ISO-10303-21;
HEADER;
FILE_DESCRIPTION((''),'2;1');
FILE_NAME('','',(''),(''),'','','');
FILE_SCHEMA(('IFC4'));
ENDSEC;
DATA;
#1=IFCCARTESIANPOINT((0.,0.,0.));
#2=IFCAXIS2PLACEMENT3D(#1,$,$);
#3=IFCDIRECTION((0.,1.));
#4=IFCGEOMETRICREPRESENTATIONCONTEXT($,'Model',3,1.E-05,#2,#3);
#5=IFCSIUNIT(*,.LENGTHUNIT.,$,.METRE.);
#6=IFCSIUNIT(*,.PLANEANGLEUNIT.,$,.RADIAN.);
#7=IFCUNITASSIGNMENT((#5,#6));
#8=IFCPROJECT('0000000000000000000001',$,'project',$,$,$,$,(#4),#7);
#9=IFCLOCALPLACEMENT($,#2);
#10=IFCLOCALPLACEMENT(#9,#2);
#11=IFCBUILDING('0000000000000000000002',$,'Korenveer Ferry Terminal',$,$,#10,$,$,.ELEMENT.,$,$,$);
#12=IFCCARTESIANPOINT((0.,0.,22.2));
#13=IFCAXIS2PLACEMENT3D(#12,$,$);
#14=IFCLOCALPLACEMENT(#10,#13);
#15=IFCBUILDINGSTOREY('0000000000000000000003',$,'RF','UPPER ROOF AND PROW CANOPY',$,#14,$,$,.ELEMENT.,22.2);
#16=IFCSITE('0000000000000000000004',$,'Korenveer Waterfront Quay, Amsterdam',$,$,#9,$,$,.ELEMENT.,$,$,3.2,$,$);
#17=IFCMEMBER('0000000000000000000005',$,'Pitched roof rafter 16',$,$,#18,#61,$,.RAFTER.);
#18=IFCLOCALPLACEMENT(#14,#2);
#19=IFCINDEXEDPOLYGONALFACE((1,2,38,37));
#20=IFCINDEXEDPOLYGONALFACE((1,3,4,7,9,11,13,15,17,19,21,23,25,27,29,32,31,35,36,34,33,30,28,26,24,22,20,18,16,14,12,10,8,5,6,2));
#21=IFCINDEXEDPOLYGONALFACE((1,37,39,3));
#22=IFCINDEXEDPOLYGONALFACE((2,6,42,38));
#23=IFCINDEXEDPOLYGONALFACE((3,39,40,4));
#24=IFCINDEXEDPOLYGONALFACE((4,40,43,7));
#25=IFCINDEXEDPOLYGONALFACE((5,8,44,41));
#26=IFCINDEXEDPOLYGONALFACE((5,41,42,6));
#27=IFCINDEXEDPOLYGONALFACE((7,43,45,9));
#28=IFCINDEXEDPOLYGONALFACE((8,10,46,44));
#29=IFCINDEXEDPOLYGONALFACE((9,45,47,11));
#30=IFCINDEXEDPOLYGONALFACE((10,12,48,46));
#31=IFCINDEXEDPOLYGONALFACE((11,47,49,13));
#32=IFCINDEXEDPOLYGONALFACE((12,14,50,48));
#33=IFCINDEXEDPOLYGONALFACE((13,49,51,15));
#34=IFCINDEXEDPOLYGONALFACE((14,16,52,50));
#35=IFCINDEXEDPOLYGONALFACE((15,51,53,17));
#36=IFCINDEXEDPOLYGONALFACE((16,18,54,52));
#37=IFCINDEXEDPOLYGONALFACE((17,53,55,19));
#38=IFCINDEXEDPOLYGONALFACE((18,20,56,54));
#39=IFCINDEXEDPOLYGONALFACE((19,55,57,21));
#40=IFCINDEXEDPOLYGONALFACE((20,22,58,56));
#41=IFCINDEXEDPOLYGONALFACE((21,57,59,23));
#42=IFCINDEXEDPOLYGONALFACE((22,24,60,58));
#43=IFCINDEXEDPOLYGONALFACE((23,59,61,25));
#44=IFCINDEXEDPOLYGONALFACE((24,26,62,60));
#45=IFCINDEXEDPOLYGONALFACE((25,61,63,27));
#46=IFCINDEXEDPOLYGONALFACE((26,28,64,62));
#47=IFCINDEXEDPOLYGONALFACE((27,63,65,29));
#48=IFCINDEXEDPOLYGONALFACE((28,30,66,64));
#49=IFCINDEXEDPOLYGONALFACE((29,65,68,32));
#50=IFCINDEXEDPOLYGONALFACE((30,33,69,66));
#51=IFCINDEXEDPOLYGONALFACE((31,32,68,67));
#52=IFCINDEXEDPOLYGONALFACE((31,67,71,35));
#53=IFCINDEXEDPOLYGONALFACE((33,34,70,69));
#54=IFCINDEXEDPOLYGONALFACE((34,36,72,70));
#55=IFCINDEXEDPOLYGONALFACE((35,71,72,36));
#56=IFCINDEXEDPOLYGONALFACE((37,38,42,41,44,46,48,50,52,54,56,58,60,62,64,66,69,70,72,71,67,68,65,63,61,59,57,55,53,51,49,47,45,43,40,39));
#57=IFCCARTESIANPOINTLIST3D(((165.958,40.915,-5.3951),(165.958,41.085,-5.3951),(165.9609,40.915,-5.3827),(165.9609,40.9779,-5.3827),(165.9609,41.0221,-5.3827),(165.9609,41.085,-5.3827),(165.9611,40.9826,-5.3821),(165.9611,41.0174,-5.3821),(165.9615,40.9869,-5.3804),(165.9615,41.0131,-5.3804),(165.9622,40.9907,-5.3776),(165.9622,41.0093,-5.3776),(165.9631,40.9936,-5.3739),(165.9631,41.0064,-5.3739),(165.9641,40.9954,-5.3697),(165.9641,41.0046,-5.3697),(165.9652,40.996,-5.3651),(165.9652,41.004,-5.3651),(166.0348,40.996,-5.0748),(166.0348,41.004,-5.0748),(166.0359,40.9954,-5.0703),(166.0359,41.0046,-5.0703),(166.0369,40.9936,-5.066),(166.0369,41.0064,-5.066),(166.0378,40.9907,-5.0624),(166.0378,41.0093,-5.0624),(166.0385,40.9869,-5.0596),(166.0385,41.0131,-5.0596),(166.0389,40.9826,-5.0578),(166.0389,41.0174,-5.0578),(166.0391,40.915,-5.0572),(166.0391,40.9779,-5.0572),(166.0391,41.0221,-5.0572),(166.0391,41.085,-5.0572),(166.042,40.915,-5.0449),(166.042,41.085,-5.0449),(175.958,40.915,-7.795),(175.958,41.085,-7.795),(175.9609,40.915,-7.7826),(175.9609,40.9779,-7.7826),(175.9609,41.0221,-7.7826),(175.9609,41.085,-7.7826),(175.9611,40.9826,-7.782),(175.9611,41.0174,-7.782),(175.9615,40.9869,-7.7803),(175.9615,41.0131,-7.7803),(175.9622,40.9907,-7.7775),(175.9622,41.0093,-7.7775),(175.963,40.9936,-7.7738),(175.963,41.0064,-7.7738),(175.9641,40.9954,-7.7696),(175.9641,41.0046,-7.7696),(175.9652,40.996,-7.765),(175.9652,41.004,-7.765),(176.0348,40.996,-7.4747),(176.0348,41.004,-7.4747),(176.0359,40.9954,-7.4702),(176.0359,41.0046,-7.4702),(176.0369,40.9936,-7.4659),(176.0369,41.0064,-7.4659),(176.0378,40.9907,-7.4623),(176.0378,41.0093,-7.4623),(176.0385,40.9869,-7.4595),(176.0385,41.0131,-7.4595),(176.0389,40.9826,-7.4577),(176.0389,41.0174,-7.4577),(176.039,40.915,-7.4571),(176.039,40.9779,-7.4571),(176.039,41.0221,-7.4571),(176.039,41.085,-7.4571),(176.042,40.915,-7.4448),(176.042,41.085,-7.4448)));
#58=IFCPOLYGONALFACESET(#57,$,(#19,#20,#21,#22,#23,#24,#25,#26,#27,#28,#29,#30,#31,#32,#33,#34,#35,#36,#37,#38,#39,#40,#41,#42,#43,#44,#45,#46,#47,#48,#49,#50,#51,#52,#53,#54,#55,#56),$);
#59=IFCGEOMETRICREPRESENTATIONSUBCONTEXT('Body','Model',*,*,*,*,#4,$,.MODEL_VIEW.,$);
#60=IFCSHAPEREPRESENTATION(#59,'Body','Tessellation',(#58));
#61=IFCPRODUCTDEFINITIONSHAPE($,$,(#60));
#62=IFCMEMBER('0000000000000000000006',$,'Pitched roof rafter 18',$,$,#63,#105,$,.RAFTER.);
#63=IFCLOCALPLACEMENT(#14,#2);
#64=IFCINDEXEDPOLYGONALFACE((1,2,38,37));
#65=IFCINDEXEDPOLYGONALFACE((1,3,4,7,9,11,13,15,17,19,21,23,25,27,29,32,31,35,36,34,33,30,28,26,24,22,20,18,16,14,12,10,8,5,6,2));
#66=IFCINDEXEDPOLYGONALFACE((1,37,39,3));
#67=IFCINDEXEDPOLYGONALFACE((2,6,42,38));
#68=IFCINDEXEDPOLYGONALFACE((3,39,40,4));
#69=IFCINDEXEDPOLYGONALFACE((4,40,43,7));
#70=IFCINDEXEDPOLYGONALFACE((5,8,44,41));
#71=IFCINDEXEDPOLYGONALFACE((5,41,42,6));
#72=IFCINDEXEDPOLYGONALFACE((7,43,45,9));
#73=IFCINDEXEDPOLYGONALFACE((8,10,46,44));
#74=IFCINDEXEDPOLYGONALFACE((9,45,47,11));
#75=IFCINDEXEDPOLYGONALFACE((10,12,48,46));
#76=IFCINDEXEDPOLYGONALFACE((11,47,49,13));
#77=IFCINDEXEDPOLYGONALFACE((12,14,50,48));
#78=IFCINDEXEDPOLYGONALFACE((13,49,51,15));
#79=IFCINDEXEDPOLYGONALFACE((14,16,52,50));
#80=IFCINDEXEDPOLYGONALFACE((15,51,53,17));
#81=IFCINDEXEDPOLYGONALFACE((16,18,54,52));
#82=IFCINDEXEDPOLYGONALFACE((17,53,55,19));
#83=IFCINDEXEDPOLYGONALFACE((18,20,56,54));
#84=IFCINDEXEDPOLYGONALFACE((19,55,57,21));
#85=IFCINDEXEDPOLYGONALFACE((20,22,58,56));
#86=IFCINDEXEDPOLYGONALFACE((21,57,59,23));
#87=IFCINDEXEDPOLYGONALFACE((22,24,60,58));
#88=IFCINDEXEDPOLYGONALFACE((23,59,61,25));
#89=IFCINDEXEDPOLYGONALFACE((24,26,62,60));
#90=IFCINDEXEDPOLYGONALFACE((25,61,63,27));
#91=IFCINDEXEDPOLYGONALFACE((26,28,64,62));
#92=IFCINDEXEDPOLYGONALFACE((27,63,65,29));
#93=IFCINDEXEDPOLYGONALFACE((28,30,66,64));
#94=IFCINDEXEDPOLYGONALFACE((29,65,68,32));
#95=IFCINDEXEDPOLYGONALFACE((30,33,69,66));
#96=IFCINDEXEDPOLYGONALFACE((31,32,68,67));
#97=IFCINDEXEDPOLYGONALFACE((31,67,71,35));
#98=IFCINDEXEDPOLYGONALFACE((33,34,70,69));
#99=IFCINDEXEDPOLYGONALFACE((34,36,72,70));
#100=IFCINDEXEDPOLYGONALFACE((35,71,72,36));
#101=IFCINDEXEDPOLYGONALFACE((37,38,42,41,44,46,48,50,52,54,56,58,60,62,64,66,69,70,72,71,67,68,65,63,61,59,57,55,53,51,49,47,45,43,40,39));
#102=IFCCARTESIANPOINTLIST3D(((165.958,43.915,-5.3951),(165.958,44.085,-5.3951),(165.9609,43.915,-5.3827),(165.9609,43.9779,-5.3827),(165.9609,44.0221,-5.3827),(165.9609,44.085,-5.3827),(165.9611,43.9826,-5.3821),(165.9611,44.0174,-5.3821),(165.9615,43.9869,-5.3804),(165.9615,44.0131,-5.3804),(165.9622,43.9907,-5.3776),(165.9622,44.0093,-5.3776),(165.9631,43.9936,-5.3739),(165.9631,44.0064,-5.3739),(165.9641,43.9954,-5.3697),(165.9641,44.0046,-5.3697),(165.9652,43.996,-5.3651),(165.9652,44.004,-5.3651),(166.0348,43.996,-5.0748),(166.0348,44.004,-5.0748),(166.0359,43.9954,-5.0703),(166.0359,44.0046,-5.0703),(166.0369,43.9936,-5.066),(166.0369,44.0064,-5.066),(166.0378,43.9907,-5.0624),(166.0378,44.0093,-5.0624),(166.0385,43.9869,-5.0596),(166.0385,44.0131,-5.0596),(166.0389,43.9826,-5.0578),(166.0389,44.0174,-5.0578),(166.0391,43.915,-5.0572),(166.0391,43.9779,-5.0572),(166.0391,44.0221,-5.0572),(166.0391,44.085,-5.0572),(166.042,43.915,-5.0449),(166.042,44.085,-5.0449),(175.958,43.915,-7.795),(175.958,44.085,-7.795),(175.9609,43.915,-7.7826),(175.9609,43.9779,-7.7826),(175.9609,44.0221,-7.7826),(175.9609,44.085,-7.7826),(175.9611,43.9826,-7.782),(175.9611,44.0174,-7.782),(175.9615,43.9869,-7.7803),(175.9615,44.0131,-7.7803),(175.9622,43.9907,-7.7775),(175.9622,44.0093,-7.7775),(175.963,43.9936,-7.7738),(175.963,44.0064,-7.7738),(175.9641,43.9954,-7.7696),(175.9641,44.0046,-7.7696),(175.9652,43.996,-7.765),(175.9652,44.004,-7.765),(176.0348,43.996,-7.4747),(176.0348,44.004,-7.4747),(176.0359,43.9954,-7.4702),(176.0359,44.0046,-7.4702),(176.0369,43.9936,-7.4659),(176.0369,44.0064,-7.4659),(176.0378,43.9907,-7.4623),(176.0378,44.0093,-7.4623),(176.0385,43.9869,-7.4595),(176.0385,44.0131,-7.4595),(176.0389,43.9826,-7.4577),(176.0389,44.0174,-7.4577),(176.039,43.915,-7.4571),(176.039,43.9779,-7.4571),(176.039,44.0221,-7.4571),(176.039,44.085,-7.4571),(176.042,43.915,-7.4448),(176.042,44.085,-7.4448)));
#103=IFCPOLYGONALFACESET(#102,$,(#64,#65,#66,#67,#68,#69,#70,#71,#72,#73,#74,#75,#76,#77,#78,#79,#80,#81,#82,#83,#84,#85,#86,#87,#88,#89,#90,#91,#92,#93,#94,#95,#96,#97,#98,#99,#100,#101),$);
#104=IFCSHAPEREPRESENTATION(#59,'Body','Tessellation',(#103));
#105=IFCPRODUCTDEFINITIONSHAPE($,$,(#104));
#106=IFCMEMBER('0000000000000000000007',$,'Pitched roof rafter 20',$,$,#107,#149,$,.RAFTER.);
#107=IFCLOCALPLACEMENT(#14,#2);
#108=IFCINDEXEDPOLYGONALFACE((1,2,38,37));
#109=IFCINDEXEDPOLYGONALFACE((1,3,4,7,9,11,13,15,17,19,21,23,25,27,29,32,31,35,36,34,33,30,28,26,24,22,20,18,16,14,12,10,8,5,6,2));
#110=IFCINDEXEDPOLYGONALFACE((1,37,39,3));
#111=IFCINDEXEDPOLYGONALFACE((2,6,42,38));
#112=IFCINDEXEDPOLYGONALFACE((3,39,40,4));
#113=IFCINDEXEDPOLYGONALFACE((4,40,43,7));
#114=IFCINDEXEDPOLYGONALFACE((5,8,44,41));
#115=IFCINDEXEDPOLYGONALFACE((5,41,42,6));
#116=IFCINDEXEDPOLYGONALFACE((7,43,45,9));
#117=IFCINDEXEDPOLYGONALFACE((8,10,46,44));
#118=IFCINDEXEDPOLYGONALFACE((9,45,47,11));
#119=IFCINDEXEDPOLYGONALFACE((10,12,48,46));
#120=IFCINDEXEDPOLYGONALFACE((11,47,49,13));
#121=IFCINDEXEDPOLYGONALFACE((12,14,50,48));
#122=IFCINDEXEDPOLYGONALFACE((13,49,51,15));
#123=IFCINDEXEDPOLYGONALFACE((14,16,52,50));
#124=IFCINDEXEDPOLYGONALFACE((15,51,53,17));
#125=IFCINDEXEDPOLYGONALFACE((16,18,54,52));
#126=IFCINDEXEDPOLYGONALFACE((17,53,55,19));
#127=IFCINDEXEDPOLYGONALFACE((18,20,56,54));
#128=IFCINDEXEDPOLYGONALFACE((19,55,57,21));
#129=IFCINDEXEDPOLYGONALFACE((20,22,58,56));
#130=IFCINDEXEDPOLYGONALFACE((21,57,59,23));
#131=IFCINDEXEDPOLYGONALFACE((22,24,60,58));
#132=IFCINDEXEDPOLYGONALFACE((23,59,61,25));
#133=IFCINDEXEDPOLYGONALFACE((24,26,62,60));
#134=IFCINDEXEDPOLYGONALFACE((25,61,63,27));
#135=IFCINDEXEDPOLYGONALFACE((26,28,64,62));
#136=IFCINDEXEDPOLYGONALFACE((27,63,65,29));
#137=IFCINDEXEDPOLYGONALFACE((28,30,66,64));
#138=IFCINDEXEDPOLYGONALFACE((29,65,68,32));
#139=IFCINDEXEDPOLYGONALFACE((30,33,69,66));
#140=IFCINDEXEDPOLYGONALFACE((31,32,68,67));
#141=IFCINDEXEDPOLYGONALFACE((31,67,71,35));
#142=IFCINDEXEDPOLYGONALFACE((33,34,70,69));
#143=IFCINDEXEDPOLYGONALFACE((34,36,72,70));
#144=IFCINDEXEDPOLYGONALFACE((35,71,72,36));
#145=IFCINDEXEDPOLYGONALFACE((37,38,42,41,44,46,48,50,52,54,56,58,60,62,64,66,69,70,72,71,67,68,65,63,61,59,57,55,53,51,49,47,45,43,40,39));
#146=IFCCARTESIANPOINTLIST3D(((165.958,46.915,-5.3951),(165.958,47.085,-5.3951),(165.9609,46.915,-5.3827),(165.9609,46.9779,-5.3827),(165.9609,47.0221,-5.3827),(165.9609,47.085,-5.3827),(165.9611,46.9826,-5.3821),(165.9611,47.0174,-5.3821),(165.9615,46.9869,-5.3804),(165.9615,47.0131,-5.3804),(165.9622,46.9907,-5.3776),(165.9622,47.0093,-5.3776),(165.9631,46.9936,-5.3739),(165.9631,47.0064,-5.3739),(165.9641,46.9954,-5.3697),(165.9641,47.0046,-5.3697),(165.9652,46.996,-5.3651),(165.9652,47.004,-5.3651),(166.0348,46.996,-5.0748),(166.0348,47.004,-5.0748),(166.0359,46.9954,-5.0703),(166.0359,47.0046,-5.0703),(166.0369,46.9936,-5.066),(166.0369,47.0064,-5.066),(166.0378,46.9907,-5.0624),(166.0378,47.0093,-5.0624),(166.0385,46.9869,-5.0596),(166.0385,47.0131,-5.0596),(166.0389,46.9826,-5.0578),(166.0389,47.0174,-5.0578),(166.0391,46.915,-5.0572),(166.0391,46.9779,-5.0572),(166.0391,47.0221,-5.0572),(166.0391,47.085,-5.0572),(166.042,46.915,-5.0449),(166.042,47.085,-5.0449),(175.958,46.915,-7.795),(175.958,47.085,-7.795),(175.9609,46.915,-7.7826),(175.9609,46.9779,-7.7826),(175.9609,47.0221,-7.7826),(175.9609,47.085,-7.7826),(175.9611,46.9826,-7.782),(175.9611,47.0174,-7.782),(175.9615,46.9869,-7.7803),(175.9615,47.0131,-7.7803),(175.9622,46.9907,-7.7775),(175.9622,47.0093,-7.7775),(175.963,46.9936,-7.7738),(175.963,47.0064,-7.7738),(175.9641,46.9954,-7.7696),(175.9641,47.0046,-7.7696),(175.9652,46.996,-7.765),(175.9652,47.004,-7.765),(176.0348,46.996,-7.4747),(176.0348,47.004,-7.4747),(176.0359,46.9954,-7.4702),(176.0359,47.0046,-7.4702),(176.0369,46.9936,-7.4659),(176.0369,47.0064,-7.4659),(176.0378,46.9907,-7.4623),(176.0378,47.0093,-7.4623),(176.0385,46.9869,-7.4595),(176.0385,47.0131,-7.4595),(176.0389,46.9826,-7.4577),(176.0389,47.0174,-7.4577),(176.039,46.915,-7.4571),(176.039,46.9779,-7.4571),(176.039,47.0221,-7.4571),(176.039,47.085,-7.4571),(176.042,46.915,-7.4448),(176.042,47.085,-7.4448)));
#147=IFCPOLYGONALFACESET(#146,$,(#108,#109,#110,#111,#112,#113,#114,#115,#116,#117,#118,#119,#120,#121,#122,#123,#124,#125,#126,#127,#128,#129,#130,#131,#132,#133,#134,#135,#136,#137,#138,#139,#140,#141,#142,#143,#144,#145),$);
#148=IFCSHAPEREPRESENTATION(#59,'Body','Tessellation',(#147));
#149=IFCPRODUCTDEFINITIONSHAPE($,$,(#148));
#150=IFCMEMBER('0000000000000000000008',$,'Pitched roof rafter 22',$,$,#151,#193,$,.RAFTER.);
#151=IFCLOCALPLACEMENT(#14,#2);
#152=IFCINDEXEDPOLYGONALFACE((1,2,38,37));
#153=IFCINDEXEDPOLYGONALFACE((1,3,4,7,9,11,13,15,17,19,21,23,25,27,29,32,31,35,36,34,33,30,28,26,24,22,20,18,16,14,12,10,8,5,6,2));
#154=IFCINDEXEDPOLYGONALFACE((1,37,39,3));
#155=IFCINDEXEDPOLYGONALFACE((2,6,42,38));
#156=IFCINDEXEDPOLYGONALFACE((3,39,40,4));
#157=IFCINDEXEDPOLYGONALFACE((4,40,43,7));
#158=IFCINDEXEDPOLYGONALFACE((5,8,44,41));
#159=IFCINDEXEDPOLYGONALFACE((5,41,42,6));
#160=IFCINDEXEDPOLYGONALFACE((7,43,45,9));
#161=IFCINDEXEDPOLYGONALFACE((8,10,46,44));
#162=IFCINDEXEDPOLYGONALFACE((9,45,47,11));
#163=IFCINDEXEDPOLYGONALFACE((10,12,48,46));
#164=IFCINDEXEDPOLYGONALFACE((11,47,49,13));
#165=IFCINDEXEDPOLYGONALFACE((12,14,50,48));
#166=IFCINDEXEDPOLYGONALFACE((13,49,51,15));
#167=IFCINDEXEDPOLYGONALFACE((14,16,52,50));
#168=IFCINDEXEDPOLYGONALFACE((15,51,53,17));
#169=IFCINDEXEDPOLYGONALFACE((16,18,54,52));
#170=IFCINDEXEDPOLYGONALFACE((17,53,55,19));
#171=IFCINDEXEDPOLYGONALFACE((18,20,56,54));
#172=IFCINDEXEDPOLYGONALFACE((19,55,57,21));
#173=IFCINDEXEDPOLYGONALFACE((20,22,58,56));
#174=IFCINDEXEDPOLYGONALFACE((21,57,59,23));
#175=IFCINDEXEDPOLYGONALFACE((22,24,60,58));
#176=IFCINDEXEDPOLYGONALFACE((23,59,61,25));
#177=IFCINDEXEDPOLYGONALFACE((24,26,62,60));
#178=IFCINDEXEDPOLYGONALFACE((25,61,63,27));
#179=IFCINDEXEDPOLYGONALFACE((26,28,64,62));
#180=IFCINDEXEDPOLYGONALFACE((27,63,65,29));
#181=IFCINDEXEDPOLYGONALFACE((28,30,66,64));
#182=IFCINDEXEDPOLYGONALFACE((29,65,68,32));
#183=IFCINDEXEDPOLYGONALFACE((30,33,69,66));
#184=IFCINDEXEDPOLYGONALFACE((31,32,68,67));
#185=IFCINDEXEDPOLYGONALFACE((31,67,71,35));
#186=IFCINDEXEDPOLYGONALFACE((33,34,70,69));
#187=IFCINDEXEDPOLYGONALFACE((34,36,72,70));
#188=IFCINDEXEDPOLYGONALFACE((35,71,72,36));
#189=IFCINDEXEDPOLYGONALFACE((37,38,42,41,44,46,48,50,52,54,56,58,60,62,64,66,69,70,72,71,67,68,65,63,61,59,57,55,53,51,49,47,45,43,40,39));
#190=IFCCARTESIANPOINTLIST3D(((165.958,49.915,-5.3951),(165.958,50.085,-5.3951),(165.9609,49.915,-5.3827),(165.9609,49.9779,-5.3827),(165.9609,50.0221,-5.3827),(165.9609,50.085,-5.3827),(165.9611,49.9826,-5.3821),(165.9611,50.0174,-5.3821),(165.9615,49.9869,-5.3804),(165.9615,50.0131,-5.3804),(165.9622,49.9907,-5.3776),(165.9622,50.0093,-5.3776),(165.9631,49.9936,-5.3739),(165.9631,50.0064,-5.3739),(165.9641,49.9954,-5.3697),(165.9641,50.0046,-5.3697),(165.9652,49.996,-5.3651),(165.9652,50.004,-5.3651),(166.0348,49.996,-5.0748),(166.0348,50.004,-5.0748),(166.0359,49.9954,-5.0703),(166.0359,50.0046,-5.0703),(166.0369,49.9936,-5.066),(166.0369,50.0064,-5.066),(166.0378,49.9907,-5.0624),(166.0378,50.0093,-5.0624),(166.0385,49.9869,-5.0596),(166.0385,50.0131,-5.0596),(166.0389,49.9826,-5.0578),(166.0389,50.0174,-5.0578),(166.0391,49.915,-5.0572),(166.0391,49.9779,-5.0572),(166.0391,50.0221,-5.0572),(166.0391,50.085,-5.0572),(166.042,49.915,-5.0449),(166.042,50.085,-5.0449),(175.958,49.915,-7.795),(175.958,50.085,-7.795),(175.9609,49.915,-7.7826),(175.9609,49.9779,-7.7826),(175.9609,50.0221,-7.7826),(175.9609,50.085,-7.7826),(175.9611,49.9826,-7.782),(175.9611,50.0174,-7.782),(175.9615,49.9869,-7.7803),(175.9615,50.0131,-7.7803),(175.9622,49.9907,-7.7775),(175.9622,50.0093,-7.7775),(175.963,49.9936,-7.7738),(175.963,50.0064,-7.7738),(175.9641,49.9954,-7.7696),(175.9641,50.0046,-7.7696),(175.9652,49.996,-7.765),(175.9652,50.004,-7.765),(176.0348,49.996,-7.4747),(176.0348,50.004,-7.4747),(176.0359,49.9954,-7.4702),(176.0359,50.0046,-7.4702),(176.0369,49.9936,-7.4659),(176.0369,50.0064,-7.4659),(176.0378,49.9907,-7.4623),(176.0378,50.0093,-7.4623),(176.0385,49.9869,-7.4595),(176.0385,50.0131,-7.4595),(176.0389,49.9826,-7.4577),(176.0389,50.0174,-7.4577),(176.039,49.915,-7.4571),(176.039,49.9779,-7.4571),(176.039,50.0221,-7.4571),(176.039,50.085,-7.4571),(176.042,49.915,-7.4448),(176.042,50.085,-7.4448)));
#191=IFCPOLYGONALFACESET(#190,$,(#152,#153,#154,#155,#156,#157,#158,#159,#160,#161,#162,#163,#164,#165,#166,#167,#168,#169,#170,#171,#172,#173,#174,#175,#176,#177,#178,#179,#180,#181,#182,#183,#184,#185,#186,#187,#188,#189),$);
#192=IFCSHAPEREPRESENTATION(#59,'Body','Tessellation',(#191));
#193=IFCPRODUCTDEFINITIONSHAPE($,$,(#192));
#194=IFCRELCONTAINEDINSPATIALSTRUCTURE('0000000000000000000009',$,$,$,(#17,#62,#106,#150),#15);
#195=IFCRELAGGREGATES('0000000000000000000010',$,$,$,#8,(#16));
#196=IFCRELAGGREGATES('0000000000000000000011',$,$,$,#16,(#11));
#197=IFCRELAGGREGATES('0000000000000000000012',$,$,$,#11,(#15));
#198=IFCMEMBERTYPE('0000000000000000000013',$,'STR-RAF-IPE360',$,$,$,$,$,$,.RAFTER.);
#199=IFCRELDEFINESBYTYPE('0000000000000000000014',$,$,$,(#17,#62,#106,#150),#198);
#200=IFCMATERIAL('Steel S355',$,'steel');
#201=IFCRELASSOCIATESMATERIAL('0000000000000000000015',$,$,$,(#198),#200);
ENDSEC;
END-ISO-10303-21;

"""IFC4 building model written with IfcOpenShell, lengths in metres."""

from ifc_helpers import new_model, si_unit, direction, frame, origin, origin_2d, place, context, subcontext, project, spatial, i_section, extrude, material, material_profile, profile_set, type_object, element, save


model = new_model("IFC4")

# Units and contexts
model_context = context("Model", 3, precision=1e-05, world=origin(), true_north=direction((0.0, 1.0)))
body_context = subcontext(model_context, "Body", "Model", "MODEL_VIEW")
ifc_project = project(units=[si_unit("LENGTHUNIT", "METRE"), si_unit("PLANEANGLEUNIT", "RADIAN")], contexts=[model_context])

# Site, building, storey
site_placement = place(None, origin())
site = spatial("IfcSite", under=ifc_project, at=site_placement, Name="Korenveer Waterfront Quay, Amsterdam", CompositionType="ELEMENT", RefElevation=3.2)
building_placement = place(site_placement, origin())
building = spatial("IfcBuilding", under=site, at=building_placement, Name="Korenveer Ferry Terminal", CompositionType="ELEMENT")
storey_placement = place(building_placement, frame((0.0, 0.0, 22.2)))
storey = spatial("IfcBuildingStorey", under=building, at=storey_placement, Name="RF", Description="UPPER ROOF AND PROW CANOPY", CompositionType="ELEMENT", Elevation=22.2)

# Shared definitions
ifc_material_1 = material(Name="Steel S355", Category="steel")

# Members
ifc_material_profile_1 = material_profile(ifc_material_1, i_section(OverallWidth=0.1699, OverallDepth=0.3601, WebThickness=0.0081, FlangeThickness=0.0127, FilletRadius=0.0181, at=origin_2d()), Name="IPE 360")
ifc_profile_set_1 = profile_set([ifc_material_profile_1], Name="Steel S355")
member_type_1 = type_object("IfcMemberType", Name="STR-RAF-IPE360", PredefinedType="RAFTER", material=ifc_profile_set_1)
for number, where, z_axis, x_axis, name in (
    (1, (166.0, 41.0, -5.22), (0.972389, 0.0, -0.233364), (0.0, 1.0, 0.0), "Pitched roof rafter 16"),
    (2, (166.0, 44.0, -5.22), (0.972389, 0.0, -0.233364), (0.0, 1.0, 0.0), "Pitched roof rafter 18"),
    (3, (166.0, 47.0, -5.22), (0.972389, 0.0, -0.233364), (0.0, 1.0, 0.0), "Pitched roof rafter 20"),
    (4, (166.0, 50.0, -5.22), (0.972389, 0.0, -0.233364), (0.0, 1.0, 0.0), "Pitched roof rafter 22"),
):
    element("IfcMember", number, at=place(storey_placement, frame(where, z_axis=z_axis, x_axis=x_axis)), inside=storey, type_object=member_type_1, Name=name, PredefinedType="RAFTER", context=body_context, shape_type="SweptSolid", body=[
        extrude(i_section(OverallWidth=0.1699, OverallDepth=0.3601, WebThickness=0.0081, FlangeThickness=0.0127, FilletRadius=0.0181, at=origin_2d()), origin(), (0.0, 0.0, 1.0), 10.2839),
    ])

save(model, "model.ifc")
